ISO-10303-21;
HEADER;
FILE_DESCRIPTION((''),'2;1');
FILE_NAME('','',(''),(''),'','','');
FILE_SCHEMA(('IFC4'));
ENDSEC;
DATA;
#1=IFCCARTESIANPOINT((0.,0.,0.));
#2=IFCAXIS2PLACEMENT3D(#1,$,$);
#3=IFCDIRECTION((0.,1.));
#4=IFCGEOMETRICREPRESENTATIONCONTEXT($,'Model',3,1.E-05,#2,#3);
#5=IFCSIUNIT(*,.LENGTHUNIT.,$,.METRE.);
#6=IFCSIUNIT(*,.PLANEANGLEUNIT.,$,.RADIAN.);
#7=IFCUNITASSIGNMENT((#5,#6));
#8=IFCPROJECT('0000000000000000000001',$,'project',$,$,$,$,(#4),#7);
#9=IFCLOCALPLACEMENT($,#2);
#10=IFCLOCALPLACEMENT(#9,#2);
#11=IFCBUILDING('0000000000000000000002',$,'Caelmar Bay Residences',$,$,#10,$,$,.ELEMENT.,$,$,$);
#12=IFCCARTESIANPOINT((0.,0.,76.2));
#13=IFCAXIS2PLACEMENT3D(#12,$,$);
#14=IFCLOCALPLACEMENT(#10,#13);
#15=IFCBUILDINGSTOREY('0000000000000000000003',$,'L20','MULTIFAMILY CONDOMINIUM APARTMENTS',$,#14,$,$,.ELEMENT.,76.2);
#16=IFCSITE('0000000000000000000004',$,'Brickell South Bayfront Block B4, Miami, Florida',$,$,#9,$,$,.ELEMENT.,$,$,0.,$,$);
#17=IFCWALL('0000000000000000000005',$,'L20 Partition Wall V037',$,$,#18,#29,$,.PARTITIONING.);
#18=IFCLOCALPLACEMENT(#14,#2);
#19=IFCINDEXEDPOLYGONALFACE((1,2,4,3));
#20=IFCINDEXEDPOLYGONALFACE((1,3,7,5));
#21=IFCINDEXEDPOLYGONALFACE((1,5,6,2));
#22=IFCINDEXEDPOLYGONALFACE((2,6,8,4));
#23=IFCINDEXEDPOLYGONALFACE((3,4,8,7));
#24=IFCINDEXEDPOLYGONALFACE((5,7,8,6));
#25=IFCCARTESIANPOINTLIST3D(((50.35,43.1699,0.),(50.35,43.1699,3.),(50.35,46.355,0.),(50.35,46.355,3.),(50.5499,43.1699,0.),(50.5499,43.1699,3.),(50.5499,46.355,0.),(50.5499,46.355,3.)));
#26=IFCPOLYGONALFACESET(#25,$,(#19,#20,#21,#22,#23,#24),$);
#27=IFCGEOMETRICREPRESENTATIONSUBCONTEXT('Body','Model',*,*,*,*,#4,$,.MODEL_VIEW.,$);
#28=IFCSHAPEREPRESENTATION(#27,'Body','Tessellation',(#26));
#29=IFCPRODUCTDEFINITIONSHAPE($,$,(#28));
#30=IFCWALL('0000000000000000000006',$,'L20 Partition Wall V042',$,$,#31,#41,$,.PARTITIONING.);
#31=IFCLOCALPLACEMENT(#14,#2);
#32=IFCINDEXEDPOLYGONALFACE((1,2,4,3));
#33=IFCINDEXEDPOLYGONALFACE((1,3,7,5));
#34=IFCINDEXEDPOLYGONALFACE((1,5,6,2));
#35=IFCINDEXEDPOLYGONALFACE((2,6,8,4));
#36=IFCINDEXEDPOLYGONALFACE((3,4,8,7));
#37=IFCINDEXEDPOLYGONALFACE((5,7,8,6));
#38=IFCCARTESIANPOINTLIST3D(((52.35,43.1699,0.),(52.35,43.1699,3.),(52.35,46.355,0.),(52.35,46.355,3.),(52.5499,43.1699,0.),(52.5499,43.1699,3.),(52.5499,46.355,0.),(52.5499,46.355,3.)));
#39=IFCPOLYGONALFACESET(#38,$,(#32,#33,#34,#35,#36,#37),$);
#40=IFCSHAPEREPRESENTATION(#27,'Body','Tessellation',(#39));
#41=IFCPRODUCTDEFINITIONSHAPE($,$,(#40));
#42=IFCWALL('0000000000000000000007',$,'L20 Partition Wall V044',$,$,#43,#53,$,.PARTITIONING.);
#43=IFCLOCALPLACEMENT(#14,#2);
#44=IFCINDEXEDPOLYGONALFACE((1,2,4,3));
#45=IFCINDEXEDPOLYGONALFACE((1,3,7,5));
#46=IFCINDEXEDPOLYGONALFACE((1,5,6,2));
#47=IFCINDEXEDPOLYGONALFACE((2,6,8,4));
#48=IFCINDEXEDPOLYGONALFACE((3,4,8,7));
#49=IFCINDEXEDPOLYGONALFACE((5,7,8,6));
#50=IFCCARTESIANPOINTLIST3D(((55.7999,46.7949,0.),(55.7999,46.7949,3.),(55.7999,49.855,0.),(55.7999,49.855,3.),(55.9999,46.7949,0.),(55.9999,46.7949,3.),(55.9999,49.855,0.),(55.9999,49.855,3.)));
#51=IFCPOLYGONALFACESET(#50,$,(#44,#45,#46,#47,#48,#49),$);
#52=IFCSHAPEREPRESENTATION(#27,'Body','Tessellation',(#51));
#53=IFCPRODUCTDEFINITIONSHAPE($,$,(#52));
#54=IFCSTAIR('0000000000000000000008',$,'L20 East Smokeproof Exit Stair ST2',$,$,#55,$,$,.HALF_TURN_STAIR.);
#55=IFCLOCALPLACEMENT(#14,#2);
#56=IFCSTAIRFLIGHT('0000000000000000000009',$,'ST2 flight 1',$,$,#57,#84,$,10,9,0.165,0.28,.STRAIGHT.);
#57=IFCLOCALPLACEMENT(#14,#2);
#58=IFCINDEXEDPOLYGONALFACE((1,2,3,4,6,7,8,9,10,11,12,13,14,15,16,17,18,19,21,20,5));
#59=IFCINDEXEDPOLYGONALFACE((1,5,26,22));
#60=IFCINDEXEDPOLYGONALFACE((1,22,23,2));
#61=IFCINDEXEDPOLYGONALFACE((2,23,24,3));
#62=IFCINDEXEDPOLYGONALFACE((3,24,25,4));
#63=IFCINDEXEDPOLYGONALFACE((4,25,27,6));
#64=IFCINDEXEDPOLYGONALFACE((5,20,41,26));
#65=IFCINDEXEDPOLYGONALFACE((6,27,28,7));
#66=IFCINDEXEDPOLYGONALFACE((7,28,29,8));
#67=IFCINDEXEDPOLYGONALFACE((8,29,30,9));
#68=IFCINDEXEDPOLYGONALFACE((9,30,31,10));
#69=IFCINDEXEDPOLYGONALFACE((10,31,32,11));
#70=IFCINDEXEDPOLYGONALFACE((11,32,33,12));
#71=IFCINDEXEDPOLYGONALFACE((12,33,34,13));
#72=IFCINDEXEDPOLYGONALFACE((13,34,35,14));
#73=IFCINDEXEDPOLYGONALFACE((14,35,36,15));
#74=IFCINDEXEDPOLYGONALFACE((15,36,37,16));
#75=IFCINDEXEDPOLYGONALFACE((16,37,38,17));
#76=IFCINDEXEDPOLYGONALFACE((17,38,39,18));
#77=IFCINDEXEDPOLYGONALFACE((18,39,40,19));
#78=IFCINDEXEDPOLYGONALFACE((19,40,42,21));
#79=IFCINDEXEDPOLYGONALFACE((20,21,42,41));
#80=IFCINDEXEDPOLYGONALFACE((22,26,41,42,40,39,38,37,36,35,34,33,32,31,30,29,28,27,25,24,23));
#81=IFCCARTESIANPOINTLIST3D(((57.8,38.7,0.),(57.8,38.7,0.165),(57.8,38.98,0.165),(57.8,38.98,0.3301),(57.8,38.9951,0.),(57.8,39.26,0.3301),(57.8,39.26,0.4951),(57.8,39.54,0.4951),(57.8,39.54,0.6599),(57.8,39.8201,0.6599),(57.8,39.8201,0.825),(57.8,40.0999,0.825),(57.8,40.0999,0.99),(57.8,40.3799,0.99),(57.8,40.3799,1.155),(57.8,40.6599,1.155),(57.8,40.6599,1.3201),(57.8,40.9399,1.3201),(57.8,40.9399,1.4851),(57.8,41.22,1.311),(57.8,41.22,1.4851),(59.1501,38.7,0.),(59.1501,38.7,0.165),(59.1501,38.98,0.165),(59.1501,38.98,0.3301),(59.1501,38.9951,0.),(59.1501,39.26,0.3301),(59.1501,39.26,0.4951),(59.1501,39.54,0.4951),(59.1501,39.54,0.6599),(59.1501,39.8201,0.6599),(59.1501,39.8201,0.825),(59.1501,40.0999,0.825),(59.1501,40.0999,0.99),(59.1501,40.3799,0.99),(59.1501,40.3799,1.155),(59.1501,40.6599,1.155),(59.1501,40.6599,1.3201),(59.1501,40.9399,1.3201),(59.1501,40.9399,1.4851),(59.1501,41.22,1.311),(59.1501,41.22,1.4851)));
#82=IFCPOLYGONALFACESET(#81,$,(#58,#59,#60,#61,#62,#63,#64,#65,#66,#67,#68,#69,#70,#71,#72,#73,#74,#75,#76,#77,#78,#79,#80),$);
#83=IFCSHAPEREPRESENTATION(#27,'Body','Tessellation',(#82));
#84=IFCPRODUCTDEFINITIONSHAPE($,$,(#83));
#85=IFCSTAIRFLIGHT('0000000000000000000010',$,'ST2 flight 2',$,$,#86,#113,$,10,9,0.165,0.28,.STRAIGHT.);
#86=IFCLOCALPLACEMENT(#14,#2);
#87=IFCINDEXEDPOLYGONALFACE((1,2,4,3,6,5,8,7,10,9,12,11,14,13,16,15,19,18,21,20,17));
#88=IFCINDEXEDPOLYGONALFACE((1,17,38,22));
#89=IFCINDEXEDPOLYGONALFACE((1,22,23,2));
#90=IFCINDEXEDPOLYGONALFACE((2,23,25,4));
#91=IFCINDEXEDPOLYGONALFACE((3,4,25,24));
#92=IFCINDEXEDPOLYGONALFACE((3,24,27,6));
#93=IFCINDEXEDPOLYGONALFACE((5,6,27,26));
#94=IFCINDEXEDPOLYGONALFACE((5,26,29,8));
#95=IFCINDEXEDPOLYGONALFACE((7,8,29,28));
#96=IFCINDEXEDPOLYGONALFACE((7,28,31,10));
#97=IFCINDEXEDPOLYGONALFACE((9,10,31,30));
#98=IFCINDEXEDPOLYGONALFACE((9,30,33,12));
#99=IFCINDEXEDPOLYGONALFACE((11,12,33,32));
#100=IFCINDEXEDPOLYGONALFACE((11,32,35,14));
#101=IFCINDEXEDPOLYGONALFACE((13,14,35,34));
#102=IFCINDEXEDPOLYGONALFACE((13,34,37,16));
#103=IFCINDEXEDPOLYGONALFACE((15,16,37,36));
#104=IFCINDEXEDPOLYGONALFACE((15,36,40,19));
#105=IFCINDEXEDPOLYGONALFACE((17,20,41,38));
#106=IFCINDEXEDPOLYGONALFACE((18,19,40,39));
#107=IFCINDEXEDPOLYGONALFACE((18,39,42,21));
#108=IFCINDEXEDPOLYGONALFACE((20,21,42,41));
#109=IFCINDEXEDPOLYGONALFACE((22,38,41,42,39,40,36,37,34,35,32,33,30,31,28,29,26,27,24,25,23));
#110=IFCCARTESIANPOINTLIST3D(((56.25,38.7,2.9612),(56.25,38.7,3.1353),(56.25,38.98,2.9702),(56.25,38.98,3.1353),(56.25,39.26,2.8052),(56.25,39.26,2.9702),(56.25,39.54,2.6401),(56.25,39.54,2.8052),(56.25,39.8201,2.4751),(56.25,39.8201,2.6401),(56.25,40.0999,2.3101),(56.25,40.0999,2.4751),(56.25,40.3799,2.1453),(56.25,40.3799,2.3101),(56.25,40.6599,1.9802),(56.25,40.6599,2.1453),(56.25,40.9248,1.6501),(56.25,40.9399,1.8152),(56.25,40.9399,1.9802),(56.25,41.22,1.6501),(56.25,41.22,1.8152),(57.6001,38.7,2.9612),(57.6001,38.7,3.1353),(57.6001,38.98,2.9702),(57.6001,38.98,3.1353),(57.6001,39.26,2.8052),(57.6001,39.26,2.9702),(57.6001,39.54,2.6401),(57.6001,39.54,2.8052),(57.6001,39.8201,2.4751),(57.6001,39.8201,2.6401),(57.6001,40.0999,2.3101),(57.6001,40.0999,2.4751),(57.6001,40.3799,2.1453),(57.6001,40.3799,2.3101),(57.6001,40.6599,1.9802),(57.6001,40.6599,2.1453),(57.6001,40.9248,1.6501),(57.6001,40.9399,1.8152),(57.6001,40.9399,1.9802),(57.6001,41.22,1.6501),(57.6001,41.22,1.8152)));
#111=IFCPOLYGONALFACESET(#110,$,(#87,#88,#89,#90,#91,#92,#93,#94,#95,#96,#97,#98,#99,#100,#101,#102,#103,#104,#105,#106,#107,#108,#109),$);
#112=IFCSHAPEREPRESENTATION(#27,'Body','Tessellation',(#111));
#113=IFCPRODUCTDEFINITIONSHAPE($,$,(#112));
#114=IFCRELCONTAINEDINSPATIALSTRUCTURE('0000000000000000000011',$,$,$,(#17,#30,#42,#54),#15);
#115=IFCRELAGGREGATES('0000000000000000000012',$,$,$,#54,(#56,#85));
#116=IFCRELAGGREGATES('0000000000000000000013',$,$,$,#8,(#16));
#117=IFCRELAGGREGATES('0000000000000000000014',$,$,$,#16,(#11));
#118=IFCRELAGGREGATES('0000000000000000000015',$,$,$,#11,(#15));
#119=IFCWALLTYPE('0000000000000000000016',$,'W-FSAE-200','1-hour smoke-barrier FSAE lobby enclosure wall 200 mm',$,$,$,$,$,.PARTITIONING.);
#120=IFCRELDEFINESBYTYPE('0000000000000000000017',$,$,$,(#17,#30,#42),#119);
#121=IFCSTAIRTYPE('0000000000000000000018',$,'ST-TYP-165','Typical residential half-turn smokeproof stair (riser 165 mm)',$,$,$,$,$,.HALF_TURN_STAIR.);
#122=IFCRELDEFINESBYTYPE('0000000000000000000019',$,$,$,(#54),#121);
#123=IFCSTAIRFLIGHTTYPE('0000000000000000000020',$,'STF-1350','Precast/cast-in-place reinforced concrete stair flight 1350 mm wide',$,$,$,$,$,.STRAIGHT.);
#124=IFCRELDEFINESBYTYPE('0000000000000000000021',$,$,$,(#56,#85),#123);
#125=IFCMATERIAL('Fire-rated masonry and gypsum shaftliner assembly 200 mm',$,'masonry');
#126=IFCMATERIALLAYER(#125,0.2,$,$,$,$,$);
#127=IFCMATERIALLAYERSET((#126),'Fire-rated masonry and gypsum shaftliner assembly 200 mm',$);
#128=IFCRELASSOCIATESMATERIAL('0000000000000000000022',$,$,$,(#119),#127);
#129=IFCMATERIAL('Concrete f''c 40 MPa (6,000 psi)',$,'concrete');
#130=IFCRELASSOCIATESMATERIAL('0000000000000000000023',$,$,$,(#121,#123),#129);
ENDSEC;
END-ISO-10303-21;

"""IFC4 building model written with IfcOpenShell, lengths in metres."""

from ifc_helpers import new_model, si_unit, direction, frame, frame_2d, origin, place, context, subcontext, project, spatial, polyline, rectangle, outline, extrude, material, layer, layer_set, type_object, element, aggregate, save


model = new_model("IFC4")

# Units and contexts
model_context = context("Model", 3, precision=1e-05, world=origin(), true_north=direction((0.0, 1.0)))
body_context = subcontext(model_context, "Body", "Model", "MODEL_VIEW")
ifc_project = project(units=[si_unit("LENGTHUNIT", "METRE"), si_unit("PLANEANGLEUNIT", "RADIAN")], contexts=[model_context])

# Site, building, storey
site_placement = place(None, origin())
site = spatial("IfcSite", under=ifc_project, at=site_placement, Name="Brickell South Bayfront Block B4, Miami, Florida", CompositionType="ELEMENT", RefElevation=0.0)
building_placement = place(site_placement, origin())
building = spatial("IfcBuilding", under=site, at=building_placement, Name="Caelmar Bay Residences", CompositionType="ELEMENT")
storey_placement = place(building_placement, frame((0.0, 0.0, 76.2)))
storey = spatial("IfcBuildingStorey", under=building, at=storey_placement, Name="L20", Description="MULTIFAMILY CONDOMINIUM APARTMENTS", CompositionType="ELEMENT", Elevation=76.2)

# Walls
ifc_material_1 = material(Name="Fire-rated masonry and gypsum shaftliner assembly 200 mm", Category="masonry")
ifc_layer_1 = layer(ifc_material_1, 0.2)
ifc_layer_set_1 = layer_set([ifc_layer_1], Name="Fire-rated masonry and gypsum shaftliner assembly 200 mm")
wall_type_1 = type_object("IfcWallType", Name="W-FSAE-200", Description="1-hour smoke-barrier FSAE lobby enclosure wall 200 mm", PredefinedType="PARTITIONING", material=ifc_layer_set_1)
for number, where, z_axis, x_axis, name in (
    (1, (50.45, 43.1699, 0.0), (0.0, 0.0, 1.0), (0.0, 1.0, 0.0), "L20 Partition Wall V037"),
    (2, (52.45, 43.1699, 0.0), (0.0, 0.0, 1.0), (0.0, 1.0, 0.0), "L20 Partition Wall V042"),
):
    element("IfcWall", number, at=place(storey_placement, frame(where, z_axis=z_axis, x_axis=x_axis)), inside=storey, type_object=wall_type_1, Name=name, PredefinedType="PARTITIONING", context=body_context, shape_type="SweptSolid", body=[
        extrude(rectangle(XDim=3.1851, YDim=0.2, at=frame_2d((1.5925, 0.0))), origin(), (0.0, 0.0, 1.0), 3.0),
    ])
wall_1_placement = place(storey_placement, frame((55.8999, 46.7949, 0.0), z_axis=(0.0, 0.0, 1.0), x_axis=(0.0, 1.0, 0.0)))
element("IfcWall", 3, at=wall_1_placement, inside=storey, type_object=wall_type_1, Name="L20 Partition Wall V044", PredefinedType="PARTITIONING", context=body_context, shape_type="SweptSolid", body=[
    extrude(rectangle(XDim=3.0601, YDim=0.2, at=frame_2d((1.53, 0.0))), origin(), (0.0, 0.0, 1.0), 3.0),
])

# Stair, stair flights
ifc_material_2 = material(Name="Concrete f'c 40 MPa (6,000 psi)", Category="concrete")
stair_type = type_object("IfcStairType", Name="ST-TYP-165", Description="Typical residential half-turn smokeproof stair (riser 165 mm)", PredefinedType="HALF_TURN_STAIR", material=ifc_material_2)
stair_placement = place(storey_placement, origin())
stair = element("IfcStair", 4, at=stair_placement, inside=storey, type_object=stair_type, Name="L20 East Smokeproof Exit Stair ST2", PredefinedType="HALF_TURN_STAIR")
stair_flight_type = type_object("IfcStairFlightType", Name="STF-1350", Description="Precast/cast-in-place reinforced concrete stair flight 1350 mm wide", PredefinedType="STRAIGHT", material=ifc_material_2)
stair_flight_1_placement = place(storey_placement, frame((58.4751, 38.7, 0.0), z_axis=(0.0, 0.0, 1.0), x_axis=(0.0, 1.0, 0.0)))
stair_flight_1 = element("IfcStairFlight", 5, at=stair_flight_1_placement, type_object=stair_flight_type, Name="ST2 flight 1", NumberOfRisers=10, NumberOfTreads=9, PredefinedType="STRAIGHT", RiserHeight=0.165, TreadLength=0.28, context=body_context, shape_type="SweptSolid", body=[
    extrude(outline(polyline([(0.0, 0.0), (0.0, 0.165), (0.28, 0.165), (0.28, 0.3301), (0.5601, 0.3301), (0.5601, 0.4951), (0.8401, 0.4951), (0.8401, 0.6599), (1.1201, 0.6599), (1.1201, 0.825), (1.3999, 0.825), (1.3999, 0.99), (1.6799, 0.99), (1.6799, 1.155), (1.96, 1.155), (1.96, 1.3201), (2.24, 1.3201), (2.24, 1.4851), (2.52, 1.4851), (2.52, 1.6499), (2.52, 1.311), (0.2952, 0.0), (0.0, 0.0)])), frame((0.0, 0.675, 0.0), z_axis=(0.0, -1.0, 0.0), x_axis=(1.0, 0.0, 0.0)), (0.0, 0.0, 1.0), 1.3501),
])
stair_flight_2_placement = place(storey_placement, frame((56.925, 41.22, 1.6501), z_axis=(0.0, 0.0, 1.0), x_axis=(0.0, -1.0, 0.0)))
stair_flight_2 = element("IfcStairFlight", 6, at=stair_flight_2_placement, type_object=stair_flight_type, Name="ST2 flight 2", NumberOfRisers=10, NumberOfTreads=9, PredefinedType="STRAIGHT", RiserHeight=0.165, TreadLength=0.28, context=body_context, shape_type="SweptSolid", body=[
    extrude(outline(polyline([(0.0, 0.0), (0.0, 0.165), (0.28, 0.165), (0.28, 0.3301), (0.5601, 0.3301), (0.5601, 0.4951), (0.8401, 0.4951), (0.8401, 0.6599), (1.1201, 0.6599), (1.1201, 0.825), (1.3999, 0.825), (1.3999, 0.99), (1.6799, 0.99), (1.6799, 1.155), (1.96, 1.155), (1.96, 1.3201), (2.24, 1.3201), (2.24, 1.4851), (2.52, 1.4851), (2.52, 1.6499), (2.52, 1.311), (0.2952, 0.0), (0.0, 0.0)])), frame((0.0, 0.675, 0.0), z_axis=(0.0, -1.0, 0.0), x_axis=(1.0, 0.0, 0.0)), (0.0, 0.0, 1.0), 1.3501),
])
aggregate(stair, [stair_flight_1, stair_flight_2])

save(model, "model.ifc")
